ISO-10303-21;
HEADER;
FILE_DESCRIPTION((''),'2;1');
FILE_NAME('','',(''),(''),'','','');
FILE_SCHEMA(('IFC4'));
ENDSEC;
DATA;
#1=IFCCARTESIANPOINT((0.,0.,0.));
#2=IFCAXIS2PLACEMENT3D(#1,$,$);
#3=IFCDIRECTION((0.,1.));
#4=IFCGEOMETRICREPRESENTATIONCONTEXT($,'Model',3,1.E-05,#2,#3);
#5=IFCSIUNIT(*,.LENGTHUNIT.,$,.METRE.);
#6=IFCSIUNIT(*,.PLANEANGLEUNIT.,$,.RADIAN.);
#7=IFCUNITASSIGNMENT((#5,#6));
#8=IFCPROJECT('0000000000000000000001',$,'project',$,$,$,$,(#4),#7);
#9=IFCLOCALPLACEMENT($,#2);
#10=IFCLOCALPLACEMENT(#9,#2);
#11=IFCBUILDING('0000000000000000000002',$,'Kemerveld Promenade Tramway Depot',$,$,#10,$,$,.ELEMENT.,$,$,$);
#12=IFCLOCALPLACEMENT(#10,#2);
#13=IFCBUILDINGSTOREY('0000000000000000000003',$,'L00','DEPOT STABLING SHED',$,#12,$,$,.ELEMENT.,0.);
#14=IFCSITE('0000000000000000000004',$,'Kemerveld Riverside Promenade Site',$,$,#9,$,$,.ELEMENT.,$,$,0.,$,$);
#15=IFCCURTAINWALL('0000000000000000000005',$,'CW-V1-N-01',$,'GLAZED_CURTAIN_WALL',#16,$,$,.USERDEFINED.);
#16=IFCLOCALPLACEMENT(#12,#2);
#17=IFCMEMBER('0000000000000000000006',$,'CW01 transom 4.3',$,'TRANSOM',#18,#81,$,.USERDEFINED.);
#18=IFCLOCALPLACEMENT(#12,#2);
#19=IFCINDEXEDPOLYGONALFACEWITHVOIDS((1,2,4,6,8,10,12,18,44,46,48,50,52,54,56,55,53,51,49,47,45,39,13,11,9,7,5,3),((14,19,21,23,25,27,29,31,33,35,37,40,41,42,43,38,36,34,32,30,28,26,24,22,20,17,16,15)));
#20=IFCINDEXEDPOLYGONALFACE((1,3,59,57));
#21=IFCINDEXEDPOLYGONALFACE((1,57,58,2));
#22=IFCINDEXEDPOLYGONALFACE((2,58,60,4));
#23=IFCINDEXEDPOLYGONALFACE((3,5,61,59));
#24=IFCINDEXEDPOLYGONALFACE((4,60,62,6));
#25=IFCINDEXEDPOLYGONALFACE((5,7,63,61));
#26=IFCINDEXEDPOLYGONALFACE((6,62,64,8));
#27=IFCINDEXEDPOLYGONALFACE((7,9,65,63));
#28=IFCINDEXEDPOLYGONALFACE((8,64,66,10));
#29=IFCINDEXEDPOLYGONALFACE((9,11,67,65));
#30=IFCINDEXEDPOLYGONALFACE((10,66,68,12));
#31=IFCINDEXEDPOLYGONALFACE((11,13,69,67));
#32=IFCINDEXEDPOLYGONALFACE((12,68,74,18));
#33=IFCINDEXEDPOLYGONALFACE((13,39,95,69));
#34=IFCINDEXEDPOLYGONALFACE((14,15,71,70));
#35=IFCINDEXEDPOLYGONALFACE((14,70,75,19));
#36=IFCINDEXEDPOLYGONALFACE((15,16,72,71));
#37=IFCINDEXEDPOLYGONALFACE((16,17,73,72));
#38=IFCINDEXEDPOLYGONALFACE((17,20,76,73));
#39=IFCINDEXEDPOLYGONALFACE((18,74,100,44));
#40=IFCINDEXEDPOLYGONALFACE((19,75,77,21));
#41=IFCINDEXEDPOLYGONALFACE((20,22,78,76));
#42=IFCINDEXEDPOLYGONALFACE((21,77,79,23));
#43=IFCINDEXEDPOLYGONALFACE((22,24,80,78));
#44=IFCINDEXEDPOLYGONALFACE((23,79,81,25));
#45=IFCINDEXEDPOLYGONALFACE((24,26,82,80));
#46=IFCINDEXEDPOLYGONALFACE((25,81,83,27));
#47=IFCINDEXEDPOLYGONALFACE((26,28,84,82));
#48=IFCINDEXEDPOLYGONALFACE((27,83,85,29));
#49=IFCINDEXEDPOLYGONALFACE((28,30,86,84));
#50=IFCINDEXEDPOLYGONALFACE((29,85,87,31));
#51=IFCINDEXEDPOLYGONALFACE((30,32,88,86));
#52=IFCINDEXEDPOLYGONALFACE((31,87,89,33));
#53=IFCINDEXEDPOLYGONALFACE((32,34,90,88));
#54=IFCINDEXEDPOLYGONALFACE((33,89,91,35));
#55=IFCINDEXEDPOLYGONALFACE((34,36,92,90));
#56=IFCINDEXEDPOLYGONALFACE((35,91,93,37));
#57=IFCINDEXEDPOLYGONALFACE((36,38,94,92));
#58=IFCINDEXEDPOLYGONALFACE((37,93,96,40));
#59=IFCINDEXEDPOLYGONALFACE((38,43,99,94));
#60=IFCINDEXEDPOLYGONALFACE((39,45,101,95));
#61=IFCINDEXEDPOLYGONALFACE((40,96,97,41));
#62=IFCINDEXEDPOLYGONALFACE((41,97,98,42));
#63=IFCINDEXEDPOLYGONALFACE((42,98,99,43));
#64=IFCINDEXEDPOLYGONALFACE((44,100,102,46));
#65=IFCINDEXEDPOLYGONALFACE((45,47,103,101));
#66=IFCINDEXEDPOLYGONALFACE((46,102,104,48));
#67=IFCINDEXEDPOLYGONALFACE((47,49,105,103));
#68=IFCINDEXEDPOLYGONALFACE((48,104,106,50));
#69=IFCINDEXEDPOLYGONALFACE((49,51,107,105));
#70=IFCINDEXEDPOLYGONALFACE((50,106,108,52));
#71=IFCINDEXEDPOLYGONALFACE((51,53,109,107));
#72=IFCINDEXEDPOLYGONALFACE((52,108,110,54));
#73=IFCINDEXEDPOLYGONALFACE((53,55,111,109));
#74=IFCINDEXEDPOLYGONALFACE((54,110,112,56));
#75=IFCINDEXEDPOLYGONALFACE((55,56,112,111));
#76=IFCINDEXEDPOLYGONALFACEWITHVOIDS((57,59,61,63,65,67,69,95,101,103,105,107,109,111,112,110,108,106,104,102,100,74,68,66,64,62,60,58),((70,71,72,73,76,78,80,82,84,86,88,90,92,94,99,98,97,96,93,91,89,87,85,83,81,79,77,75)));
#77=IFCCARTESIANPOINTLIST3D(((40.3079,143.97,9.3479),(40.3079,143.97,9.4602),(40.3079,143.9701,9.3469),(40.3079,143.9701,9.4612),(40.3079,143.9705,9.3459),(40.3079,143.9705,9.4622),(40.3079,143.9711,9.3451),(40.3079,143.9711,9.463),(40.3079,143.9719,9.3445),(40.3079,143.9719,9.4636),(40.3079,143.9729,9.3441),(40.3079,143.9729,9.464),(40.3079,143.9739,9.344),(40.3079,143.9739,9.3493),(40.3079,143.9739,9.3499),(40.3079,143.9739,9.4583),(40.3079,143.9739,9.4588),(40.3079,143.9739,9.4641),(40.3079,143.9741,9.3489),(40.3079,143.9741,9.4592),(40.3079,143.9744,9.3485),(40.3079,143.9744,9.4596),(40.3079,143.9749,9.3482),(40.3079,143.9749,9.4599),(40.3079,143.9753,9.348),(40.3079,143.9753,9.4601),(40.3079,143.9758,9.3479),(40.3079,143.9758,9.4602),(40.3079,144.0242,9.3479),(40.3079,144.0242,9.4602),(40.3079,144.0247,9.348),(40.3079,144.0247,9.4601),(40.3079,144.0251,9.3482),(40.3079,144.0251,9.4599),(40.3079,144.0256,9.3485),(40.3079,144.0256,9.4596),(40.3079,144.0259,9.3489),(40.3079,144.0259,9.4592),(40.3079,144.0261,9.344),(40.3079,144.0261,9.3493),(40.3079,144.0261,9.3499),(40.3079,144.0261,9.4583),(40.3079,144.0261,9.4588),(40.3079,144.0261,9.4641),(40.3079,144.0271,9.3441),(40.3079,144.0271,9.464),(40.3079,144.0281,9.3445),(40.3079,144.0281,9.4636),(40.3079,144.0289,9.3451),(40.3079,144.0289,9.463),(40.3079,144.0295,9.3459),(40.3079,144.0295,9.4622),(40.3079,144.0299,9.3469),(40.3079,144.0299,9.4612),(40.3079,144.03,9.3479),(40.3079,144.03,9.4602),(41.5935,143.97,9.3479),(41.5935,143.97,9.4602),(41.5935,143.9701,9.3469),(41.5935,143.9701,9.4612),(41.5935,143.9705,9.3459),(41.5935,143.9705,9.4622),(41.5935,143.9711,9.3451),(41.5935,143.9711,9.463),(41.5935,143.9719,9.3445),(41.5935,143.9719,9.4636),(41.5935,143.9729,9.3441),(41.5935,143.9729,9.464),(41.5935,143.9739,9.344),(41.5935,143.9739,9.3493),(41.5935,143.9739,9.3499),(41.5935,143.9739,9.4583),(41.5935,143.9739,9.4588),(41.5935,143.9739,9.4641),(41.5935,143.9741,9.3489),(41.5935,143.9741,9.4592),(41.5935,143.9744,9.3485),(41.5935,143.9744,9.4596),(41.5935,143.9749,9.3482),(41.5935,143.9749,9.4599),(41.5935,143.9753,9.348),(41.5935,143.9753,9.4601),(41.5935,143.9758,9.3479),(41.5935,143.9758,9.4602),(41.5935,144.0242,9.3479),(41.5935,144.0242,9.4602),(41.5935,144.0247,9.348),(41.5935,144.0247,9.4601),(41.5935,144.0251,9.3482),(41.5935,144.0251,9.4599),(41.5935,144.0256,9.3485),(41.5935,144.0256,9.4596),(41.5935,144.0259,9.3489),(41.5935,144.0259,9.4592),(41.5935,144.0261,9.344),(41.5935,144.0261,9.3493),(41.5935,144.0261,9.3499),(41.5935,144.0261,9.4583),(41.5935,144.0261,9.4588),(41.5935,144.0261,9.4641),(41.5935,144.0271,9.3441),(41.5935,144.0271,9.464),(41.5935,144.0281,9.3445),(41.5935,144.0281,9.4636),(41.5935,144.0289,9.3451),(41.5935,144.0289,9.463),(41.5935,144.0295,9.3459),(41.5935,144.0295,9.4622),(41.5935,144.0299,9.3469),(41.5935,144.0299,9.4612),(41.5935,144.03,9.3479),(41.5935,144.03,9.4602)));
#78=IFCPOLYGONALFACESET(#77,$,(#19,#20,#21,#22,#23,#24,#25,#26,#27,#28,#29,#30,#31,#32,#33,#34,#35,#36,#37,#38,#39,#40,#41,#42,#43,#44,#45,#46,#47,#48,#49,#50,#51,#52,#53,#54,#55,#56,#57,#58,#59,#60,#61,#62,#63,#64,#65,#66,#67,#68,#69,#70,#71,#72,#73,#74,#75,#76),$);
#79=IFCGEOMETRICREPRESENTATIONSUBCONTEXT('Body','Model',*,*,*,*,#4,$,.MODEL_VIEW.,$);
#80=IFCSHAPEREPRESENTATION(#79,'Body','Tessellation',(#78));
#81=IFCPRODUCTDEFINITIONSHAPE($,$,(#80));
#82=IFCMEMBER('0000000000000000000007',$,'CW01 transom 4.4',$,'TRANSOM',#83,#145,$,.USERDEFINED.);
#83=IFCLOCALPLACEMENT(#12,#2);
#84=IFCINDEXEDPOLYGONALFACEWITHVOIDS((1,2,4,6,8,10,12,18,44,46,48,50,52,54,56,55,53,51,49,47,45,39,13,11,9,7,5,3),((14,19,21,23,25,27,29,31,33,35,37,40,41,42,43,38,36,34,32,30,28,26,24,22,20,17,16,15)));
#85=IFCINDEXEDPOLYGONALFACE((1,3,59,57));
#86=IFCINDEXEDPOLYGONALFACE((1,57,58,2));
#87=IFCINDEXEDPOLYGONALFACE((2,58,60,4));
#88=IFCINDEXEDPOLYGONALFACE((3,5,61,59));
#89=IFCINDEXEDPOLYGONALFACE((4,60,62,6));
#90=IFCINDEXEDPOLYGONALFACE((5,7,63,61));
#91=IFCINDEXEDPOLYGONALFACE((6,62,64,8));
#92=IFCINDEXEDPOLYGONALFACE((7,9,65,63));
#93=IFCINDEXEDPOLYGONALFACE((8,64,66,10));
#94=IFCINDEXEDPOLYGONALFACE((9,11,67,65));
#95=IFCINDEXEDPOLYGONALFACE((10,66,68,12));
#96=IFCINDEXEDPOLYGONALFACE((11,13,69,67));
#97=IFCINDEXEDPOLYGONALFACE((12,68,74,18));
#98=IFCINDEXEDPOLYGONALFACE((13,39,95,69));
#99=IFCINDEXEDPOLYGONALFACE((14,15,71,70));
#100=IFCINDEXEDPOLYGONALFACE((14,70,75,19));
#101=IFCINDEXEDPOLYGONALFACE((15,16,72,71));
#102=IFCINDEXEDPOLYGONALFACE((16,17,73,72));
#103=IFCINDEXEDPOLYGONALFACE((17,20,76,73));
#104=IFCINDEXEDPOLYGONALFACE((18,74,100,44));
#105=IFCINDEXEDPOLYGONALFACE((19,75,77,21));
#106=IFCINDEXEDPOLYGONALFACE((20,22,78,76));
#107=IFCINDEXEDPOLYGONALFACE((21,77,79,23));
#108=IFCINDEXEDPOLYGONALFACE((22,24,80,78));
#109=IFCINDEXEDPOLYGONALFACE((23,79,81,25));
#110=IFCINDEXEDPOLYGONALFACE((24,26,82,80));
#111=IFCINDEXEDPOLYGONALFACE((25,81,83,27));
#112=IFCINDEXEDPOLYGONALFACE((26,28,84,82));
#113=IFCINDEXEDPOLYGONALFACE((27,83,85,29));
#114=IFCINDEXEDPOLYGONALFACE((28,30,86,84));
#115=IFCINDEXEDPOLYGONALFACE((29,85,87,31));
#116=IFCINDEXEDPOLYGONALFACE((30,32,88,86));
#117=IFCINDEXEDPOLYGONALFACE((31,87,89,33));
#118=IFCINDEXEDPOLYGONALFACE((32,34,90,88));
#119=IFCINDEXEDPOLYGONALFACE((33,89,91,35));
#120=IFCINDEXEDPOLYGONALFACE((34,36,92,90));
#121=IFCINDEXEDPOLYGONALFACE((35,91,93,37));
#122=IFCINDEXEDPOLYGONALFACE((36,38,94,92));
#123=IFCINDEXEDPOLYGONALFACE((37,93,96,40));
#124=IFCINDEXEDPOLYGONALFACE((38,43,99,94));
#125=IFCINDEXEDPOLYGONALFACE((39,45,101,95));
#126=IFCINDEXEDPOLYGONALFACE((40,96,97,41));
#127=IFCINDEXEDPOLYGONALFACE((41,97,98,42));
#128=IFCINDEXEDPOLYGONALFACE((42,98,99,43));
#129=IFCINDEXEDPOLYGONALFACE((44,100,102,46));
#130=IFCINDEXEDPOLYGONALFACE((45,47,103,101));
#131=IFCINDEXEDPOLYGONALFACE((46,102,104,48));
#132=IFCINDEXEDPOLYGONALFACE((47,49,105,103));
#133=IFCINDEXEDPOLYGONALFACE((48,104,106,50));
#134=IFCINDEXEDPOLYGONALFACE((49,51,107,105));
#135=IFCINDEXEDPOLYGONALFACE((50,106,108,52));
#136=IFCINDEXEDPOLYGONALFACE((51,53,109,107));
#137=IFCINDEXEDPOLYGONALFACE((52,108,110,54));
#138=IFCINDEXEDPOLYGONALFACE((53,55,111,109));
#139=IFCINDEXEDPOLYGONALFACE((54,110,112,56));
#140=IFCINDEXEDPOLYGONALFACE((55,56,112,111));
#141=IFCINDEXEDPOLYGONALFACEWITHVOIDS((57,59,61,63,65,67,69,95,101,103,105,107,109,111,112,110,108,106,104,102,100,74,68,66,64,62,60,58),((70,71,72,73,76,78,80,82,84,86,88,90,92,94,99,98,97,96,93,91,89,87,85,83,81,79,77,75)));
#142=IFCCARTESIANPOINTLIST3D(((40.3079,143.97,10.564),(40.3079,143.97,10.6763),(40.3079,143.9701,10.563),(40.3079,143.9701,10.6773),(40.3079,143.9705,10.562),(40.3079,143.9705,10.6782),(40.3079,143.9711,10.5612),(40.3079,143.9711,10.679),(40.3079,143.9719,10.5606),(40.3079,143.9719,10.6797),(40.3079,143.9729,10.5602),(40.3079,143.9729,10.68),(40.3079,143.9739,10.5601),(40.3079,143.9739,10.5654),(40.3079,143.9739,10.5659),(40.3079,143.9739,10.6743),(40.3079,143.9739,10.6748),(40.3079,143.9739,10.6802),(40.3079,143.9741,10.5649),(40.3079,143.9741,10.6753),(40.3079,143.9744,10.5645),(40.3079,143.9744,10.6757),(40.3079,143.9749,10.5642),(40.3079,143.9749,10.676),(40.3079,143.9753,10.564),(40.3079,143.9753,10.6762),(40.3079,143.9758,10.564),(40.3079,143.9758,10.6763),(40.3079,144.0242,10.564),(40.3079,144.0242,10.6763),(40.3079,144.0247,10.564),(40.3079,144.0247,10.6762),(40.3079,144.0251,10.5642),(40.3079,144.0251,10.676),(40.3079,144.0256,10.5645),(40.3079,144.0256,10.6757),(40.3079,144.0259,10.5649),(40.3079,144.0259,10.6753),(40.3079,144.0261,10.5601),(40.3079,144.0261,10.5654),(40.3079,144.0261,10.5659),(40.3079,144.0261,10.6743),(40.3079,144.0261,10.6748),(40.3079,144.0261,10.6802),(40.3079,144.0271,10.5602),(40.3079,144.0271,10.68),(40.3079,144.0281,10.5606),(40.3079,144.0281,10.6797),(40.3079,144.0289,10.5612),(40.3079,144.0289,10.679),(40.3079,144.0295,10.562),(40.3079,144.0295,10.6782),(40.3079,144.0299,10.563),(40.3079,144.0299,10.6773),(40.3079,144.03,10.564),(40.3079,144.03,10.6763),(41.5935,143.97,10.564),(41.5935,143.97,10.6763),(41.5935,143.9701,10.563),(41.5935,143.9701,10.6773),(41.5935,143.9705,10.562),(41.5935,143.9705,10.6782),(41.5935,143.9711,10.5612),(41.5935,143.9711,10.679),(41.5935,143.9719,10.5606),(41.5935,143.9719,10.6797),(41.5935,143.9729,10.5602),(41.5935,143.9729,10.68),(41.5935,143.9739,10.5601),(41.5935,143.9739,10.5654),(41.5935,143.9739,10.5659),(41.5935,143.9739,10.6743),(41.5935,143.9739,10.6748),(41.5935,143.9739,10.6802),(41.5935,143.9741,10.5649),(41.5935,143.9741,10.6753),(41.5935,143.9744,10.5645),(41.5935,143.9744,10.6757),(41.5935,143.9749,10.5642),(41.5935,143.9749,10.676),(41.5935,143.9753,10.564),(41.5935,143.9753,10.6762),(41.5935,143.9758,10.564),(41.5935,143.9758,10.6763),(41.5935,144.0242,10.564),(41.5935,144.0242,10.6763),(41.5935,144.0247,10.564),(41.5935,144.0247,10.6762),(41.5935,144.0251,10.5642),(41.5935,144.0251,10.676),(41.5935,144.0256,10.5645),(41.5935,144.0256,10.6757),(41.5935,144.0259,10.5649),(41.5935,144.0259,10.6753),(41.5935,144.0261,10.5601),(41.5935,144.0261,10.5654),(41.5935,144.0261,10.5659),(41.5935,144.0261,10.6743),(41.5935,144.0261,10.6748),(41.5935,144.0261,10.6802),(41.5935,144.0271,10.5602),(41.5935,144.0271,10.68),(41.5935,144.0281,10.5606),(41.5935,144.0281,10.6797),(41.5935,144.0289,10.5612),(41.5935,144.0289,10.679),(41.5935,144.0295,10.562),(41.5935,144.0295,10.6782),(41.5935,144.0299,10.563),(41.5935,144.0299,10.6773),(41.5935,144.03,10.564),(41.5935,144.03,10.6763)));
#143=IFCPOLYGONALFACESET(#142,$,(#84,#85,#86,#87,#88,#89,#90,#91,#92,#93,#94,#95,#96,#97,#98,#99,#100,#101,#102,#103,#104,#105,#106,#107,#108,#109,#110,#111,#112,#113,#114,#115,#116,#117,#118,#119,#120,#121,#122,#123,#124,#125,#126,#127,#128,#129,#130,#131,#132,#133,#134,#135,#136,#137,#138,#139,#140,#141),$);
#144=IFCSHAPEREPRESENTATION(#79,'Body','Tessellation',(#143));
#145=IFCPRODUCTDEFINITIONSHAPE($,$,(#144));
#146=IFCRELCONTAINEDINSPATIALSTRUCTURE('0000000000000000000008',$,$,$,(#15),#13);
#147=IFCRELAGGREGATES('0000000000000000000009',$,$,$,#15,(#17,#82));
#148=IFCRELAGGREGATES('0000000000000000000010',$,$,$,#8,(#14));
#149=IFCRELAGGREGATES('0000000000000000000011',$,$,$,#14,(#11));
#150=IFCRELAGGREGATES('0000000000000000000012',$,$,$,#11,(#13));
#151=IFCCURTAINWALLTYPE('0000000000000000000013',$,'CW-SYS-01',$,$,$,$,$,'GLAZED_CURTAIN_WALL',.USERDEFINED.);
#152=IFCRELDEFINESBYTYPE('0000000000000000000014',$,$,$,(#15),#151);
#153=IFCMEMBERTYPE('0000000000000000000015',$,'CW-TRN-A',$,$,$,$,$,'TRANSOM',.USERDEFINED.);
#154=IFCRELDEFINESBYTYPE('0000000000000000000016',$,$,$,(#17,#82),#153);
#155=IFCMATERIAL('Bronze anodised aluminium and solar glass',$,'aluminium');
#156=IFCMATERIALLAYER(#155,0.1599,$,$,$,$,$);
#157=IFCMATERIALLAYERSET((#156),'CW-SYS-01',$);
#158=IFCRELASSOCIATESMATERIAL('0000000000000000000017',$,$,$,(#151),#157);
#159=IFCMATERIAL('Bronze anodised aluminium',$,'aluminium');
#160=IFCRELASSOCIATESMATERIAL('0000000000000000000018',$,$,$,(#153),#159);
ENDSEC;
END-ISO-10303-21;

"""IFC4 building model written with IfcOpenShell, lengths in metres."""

from ifc_helpers import new_model, si_unit, direction, frame, origin, origin_2d, place, context, subcontext, project, spatial, hollow_rectangle, extrude, material, layer, layer_set, material_profile, profile_set, type_object, element, aggregate, save


model = new_model("IFC4")

# Units and contexts
model_context = context("Model", 3, precision=1e-05, world=origin(), true_north=direction((0.0, 1.0)))
body_context = subcontext(model_context, "Body", "Model", "MODEL_VIEW")
ifc_project = project(units=[si_unit("LENGTHUNIT", "METRE"), si_unit("PLANEANGLEUNIT", "RADIAN")], contexts=[model_context])

# Site, building, storey
site_placement = place(None, origin())
site = spatial("IfcSite", under=ifc_project, at=site_placement, Name="Kemerveld Riverside Promenade Site", CompositionType="ELEMENT", RefElevation=0.0)
building_placement = place(site_placement, origin())
building = spatial("IfcBuilding", under=site, at=building_placement, Name="Kemerveld Promenade Tramway Depot", CompositionType="ELEMENT")
storey_placement = place(building_placement, origin())
storey = spatial("IfcBuildingStorey", under=building, at=storey_placement, Name="L00", Description="DEPOT STABLING SHED", CompositionType="ELEMENT", Elevation=0.0)

# Curtain wall, members
ifc_material_1 = material(Name="Bronze anodised aluminium and solar glass", Category="aluminium")
ifc_layer_1 = layer(ifc_material_1, 0.1599)
ifc_layer_set_1 = layer_set([ifc_layer_1], Name="CW-SYS-01")
curtain_wall_type_1 = type_object("IfcCurtainWallType", Name="CW-SYS-01", ElementType="GLAZED_CURTAIN_WALL", PredefinedType="USERDEFINED", material=ifc_layer_set_1)
curtain_wall_1_placement = place(storey_placement, origin())
curtain_wall_1 = element("IfcCurtainWall", 1, at=curtain_wall_1_placement, inside=storey, type_object=curtain_wall_type_1, Name="CW-V1-N-01", ObjectType="GLAZED_CURTAIN_WALL", PredefinedType="USERDEFINED")
ifc_material_2 = material(Name="Bronze anodised aluminium", Category="aluminium")
ifc_material_profile_1 = material_profile(ifc_material_2, hollow_rectangle(XDim=0.0601, YDim=0.1201, WallThickness=0.0039, InnerFilletRadius=0.002, OuterFilletRadius=0.0039, at=origin_2d()), Name="CW-TRN-120x60")
ifc_profile_set_1 = profile_set([ifc_material_profile_1], Name="Bronze anodised aluminium")
member_type_1 = type_object("IfcMemberType", Name="CW-TRN-A", ElementType="TRANSOM", PredefinedType="USERDEFINED", material=ifc_profile_set_1)
member_1_placement = place(storey_placement, frame((40.3079, 144.0, 9.4041), z_axis=(1.0, 0.0, 0.0), x_axis=(0.0, 1.0, 0.0)))
member_1 = element("IfcMember", 2, at=member_1_placement, type_object=member_type_1, Name="CW01 transom 4.3", ObjectType="TRANSOM", PredefinedType="USERDEFINED", context=body_context, shape_type="SweptSolid", body=[
    extrude(hollow_rectangle(XDim=0.0601, YDim=0.1201, WallThickness=0.0039, InnerFilletRadius=0.002, OuterFilletRadius=0.0039, at=origin_2d()), origin(), (0.0, 0.0, 1.0), 1.2856),
])
member_2_placement = place(storey_placement, frame((40.3079, 144.0, 10.6201), z_axis=(1.0, 0.0, 0.0), x_axis=(0.0, 1.0, 0.0)))
member_2 = element("IfcMember", 3, at=member_2_placement, type_object=member_type_1, Name="CW01 transom 4.4", ObjectType="TRANSOM", PredefinedType="USERDEFINED", context=body_context, shape_type="SweptSolid", body=[
    extrude(hollow_rectangle(XDim=0.0601, YDim=0.1201, WallThickness=0.0039, InnerFilletRadius=0.002, OuterFilletRadius=0.0039, at=origin_2d()), origin(), (0.0, 0.0, 1.0), 1.2856),
])

aggregate(curtain_wall_1, [member_1, member_2])

save(model, "model.ifc")
